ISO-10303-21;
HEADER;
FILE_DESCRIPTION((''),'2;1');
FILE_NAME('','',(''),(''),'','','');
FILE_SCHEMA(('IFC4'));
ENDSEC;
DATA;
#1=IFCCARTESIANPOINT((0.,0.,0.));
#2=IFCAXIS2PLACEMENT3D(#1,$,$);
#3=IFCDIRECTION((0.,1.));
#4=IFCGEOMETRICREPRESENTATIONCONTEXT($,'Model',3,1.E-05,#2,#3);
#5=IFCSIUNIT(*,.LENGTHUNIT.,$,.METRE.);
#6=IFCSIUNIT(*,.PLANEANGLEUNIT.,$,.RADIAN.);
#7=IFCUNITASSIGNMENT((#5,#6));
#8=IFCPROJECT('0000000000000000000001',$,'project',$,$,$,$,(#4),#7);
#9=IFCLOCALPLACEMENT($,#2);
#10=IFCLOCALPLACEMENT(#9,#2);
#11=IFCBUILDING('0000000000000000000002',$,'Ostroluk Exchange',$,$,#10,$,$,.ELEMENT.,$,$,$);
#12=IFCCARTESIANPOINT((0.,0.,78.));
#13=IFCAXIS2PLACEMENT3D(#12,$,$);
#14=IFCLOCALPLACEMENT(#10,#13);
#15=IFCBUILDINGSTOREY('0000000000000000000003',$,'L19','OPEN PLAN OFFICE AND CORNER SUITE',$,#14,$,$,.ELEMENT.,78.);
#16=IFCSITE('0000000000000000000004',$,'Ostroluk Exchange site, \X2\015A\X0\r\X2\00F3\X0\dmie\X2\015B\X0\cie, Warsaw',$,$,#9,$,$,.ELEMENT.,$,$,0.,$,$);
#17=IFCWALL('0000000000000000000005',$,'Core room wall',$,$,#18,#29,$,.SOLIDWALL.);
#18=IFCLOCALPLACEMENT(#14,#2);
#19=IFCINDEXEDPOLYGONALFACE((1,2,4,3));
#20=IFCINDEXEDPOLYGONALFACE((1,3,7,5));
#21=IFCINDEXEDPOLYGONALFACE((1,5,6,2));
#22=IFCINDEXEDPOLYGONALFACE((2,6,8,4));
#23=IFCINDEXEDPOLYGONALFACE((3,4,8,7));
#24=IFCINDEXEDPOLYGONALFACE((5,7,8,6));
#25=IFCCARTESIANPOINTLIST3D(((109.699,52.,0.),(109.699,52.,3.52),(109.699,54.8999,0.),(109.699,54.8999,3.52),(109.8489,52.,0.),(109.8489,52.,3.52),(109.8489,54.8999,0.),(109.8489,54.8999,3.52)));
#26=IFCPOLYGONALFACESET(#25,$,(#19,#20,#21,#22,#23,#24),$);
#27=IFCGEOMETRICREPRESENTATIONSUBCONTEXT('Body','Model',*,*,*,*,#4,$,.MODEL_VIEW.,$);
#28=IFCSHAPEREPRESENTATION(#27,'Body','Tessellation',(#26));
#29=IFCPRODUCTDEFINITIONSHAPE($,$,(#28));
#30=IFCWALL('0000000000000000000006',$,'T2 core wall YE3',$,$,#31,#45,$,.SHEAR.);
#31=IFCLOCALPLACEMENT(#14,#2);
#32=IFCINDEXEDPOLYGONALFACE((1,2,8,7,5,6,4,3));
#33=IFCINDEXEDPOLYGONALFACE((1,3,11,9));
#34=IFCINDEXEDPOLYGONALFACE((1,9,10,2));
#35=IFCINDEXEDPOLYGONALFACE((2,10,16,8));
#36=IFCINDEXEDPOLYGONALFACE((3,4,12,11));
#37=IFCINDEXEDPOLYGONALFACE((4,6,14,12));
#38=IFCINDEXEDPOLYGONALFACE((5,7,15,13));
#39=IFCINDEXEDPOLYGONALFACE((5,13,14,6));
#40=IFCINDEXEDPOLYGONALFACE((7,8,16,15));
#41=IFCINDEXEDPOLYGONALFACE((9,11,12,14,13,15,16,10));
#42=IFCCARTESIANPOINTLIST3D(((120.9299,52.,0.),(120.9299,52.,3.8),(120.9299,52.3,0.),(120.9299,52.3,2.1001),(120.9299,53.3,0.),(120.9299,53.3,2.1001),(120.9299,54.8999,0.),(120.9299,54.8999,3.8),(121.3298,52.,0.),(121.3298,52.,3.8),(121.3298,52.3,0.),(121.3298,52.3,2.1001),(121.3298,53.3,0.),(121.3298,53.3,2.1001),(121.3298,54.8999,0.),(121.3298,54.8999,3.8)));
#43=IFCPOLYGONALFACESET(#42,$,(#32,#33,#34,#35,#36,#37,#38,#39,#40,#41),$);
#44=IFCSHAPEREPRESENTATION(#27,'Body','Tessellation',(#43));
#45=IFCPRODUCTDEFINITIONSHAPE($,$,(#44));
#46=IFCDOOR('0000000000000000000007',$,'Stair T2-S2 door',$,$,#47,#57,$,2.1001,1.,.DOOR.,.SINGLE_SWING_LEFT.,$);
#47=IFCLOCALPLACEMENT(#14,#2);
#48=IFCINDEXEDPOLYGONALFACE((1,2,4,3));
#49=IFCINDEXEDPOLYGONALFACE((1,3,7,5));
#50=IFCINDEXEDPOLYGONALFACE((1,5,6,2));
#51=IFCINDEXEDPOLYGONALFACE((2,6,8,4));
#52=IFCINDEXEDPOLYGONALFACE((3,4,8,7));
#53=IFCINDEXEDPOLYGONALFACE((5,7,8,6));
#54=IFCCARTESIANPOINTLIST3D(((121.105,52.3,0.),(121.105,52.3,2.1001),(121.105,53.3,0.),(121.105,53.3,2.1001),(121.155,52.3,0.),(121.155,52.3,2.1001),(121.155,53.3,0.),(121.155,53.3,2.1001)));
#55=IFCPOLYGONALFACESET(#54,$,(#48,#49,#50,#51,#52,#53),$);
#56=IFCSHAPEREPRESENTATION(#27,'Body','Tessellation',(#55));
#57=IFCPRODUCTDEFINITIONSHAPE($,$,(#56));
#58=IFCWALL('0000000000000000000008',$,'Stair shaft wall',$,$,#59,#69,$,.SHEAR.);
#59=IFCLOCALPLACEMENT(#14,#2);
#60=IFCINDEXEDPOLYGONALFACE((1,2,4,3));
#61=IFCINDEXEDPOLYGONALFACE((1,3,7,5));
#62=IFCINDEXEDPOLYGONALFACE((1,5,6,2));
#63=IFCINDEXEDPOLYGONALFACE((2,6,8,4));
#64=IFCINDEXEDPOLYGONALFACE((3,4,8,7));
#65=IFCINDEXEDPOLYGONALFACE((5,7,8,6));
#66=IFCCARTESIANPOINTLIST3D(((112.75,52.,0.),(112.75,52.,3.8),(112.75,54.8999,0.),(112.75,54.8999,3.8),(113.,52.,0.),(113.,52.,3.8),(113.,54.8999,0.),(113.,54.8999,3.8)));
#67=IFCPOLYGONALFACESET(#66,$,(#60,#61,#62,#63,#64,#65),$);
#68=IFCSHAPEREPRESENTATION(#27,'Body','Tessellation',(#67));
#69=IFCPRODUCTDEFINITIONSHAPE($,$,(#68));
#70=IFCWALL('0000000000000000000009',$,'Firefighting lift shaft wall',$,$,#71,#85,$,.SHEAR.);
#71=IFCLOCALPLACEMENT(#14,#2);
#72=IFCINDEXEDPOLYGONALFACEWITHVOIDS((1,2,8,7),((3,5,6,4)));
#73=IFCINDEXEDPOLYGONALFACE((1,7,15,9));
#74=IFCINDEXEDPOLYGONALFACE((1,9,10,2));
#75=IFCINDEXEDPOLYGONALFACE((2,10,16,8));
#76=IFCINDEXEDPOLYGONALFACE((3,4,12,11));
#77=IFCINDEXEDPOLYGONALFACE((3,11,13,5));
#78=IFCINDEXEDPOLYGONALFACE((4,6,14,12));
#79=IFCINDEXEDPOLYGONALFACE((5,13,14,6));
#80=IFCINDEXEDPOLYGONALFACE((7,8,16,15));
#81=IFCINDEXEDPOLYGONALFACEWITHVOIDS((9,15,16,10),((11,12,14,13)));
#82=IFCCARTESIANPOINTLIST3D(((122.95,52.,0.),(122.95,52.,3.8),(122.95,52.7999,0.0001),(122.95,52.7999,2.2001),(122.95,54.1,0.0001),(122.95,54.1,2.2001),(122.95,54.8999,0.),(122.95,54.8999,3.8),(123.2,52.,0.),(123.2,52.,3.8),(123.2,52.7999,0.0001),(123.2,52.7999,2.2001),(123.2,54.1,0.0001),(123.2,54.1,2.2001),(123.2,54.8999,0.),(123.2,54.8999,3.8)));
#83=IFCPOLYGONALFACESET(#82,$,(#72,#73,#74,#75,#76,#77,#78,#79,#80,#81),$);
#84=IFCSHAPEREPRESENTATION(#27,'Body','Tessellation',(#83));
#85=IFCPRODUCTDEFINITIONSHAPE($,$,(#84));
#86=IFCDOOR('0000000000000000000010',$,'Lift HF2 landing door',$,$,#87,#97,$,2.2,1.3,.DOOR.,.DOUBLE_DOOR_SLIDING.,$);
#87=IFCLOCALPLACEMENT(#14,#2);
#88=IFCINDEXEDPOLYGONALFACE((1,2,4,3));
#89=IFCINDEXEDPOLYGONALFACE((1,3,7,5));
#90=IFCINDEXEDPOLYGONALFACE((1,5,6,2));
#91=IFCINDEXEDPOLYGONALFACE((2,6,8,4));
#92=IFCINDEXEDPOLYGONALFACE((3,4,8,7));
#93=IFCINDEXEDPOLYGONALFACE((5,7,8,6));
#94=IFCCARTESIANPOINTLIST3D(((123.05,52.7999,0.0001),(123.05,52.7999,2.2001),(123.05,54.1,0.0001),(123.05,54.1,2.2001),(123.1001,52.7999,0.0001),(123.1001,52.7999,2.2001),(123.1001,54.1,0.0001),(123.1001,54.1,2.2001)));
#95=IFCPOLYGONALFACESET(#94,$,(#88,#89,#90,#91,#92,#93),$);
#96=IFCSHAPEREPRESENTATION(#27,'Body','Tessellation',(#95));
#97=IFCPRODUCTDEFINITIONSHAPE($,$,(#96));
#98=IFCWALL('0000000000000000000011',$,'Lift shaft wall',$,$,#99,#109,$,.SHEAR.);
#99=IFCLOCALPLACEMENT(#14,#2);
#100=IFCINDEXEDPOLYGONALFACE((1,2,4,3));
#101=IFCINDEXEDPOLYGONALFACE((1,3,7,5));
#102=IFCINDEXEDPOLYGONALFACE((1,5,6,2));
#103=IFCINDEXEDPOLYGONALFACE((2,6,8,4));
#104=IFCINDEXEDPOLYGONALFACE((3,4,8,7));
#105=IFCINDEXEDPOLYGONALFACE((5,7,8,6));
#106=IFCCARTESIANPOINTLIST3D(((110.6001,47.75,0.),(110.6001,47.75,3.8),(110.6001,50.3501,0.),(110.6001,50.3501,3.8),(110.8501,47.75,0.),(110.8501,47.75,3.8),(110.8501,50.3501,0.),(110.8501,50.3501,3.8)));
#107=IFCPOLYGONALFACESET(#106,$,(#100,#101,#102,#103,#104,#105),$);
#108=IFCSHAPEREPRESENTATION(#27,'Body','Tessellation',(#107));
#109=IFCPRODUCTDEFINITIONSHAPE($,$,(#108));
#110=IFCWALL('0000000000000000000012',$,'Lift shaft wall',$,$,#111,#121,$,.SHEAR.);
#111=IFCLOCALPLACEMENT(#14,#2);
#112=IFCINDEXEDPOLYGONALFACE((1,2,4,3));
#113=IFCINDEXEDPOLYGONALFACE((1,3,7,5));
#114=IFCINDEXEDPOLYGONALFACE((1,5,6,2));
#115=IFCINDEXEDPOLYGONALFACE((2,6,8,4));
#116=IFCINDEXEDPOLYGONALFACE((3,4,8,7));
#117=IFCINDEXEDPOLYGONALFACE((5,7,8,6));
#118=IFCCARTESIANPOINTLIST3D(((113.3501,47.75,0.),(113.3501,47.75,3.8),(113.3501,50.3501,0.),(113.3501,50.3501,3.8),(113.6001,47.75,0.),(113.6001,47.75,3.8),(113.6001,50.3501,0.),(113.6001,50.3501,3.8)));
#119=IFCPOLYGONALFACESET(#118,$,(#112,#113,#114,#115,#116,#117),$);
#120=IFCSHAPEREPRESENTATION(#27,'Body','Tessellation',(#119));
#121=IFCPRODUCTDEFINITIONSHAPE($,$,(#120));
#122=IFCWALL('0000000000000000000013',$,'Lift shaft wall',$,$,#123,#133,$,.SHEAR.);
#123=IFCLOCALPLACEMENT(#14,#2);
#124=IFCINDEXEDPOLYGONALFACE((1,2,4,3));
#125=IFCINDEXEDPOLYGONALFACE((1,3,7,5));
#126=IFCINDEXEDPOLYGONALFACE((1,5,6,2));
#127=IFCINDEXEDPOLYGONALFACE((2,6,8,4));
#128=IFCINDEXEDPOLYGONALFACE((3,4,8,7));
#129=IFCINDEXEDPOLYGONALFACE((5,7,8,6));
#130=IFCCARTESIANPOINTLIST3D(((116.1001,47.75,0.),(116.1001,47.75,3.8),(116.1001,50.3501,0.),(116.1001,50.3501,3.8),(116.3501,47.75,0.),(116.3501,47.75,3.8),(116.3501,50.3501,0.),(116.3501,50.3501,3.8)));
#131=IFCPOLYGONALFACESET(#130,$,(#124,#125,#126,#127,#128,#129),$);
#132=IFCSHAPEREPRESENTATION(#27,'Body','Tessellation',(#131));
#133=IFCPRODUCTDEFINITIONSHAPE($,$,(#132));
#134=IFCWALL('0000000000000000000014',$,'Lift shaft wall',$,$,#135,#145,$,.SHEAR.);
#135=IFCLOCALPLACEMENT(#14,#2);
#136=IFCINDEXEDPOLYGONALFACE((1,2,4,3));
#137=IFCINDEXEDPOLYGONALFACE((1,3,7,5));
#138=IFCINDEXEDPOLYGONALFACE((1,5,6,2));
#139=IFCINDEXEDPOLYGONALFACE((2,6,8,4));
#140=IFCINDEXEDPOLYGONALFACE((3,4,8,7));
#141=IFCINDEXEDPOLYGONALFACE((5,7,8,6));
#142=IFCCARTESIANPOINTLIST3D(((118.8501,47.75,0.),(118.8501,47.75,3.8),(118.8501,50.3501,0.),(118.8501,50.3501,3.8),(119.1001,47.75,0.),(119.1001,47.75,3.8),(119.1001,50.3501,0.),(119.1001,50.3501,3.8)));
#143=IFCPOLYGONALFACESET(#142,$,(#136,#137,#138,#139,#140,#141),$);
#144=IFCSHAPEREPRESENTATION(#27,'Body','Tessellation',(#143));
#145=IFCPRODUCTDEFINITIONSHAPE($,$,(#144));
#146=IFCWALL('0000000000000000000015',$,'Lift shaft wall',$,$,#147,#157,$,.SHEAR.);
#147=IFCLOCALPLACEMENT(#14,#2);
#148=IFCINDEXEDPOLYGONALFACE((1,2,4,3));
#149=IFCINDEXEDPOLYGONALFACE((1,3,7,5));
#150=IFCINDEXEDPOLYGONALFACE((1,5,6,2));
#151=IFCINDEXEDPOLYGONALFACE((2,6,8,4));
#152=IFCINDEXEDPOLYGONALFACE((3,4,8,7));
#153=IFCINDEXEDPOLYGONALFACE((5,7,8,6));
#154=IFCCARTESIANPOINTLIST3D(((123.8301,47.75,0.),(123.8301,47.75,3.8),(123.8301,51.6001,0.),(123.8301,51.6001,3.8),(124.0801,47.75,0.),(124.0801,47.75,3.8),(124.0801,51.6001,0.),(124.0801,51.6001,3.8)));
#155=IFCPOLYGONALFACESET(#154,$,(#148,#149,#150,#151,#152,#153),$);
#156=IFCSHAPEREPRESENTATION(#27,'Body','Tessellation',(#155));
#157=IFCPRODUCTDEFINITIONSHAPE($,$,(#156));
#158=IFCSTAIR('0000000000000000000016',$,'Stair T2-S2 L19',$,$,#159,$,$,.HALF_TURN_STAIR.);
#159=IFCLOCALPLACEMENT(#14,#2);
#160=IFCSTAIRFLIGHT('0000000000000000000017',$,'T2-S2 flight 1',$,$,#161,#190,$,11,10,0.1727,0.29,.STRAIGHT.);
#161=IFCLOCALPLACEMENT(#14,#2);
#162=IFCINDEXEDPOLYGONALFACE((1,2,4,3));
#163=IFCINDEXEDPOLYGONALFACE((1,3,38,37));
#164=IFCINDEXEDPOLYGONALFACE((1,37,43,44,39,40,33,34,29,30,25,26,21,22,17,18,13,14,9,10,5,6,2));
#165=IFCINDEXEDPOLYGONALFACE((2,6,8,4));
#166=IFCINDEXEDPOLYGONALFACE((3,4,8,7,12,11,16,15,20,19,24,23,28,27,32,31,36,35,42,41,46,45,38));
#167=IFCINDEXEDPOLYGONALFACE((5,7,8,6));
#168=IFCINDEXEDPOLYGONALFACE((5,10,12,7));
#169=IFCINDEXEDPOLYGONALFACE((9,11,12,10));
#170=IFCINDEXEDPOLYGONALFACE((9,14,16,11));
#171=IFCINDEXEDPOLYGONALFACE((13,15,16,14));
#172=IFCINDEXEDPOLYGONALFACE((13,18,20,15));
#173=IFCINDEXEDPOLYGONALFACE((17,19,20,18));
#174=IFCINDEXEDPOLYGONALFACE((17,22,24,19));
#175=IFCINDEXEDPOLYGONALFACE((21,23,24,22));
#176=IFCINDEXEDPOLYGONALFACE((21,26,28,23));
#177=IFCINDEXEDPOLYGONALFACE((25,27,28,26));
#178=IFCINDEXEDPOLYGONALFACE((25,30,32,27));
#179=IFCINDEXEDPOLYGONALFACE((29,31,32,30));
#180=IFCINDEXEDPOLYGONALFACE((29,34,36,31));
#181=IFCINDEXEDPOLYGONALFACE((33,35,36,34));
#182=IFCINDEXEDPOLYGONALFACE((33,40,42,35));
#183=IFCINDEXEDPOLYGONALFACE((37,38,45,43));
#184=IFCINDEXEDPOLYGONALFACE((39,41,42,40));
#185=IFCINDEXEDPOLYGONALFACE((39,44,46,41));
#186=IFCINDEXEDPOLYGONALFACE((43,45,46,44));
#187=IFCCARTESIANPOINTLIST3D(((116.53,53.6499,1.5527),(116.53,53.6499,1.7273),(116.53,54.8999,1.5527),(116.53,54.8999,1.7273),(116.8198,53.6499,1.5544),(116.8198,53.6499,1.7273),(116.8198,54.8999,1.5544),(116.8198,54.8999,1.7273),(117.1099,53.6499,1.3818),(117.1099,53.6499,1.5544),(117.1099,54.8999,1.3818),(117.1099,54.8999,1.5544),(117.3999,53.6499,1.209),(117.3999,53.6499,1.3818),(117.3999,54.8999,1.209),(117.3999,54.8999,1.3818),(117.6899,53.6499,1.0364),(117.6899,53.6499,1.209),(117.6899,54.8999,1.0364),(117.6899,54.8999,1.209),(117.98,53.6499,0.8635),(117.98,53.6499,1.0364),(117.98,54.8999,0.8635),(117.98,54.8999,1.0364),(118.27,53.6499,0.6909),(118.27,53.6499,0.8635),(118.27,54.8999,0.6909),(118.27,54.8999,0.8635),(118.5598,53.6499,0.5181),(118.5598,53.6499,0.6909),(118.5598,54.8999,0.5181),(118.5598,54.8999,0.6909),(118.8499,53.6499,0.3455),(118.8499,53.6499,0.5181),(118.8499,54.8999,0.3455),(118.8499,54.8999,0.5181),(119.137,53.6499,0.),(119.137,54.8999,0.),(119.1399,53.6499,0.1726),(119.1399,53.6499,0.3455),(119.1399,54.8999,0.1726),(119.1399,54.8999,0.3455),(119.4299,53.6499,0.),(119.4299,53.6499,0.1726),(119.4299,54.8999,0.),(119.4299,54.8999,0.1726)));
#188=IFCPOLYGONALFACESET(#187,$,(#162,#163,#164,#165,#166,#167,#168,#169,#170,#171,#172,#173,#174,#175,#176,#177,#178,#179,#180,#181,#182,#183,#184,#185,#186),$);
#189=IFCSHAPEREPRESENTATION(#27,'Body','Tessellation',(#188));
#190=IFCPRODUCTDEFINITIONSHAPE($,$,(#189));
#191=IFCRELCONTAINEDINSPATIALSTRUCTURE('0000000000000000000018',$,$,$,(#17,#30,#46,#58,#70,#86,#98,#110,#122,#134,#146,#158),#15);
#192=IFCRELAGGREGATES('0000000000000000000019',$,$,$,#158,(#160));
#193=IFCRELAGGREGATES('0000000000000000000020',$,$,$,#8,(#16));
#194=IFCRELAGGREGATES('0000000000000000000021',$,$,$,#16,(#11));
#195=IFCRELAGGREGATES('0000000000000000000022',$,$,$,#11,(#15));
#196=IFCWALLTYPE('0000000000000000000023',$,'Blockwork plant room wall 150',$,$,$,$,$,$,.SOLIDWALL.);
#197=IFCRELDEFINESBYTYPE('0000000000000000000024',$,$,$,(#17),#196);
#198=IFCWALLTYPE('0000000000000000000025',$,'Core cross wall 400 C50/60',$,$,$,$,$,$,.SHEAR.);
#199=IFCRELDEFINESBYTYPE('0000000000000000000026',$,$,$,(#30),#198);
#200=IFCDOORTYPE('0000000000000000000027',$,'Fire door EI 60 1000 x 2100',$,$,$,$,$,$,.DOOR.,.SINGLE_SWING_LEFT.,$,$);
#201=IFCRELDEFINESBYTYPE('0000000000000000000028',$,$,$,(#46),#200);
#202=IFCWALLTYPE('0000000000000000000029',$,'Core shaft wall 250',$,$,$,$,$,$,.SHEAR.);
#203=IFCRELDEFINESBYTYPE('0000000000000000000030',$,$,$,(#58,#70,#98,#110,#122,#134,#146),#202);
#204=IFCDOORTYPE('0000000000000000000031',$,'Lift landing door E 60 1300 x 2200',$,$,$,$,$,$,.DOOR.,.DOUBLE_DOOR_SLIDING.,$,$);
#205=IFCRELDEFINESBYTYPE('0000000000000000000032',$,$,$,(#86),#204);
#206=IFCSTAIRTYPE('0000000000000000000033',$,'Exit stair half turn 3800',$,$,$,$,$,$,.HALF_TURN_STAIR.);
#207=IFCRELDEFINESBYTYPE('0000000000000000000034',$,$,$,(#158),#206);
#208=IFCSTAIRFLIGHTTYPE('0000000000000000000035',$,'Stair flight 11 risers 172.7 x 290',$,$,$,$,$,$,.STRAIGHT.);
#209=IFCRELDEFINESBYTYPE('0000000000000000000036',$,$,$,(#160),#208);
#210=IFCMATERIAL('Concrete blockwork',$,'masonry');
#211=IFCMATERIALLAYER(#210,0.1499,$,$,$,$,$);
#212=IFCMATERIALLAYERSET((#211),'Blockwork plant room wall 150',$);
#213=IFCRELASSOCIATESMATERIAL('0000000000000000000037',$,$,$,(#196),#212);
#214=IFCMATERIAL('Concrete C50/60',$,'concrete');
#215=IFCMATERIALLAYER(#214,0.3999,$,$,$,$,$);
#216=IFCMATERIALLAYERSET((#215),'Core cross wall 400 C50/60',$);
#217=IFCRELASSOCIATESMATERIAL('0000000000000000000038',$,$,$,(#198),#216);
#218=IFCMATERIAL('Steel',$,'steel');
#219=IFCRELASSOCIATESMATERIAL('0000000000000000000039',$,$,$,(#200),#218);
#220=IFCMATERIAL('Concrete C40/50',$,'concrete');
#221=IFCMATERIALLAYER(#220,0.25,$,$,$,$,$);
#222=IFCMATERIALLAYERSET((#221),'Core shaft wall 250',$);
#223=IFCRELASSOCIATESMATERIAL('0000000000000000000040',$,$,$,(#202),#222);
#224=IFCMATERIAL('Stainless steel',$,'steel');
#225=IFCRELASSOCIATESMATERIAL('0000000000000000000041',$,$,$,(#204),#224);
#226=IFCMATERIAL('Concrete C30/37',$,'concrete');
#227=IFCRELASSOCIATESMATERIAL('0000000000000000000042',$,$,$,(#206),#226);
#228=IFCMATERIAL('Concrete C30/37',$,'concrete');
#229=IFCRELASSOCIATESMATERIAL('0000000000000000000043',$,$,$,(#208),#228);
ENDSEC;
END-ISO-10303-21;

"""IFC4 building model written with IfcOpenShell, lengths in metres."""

from ifc_helpers import new_model, si_unit, direction, frame, frame_2d, origin, place, context, subcontext, project, spatial, polyline, rectangle, outline, extrude, material, layer, layer_set, type_object, element, fill, aggregate, save


model = new_model("IFC4")

# Units and contexts
model_context = context("Model", 3, precision=1e-05, world=origin(), true_north=direction((0.0, 1.0)))
body_context = subcontext(model_context, "Body", "Model", "MODEL_VIEW")
ifc_project = project(units=[si_unit("LENGTHUNIT", "METRE"), si_unit("PLANEANGLEUNIT", "RADIAN")], contexts=[model_context])

# Site, building, storey
site_placement = place(None, origin())
site = spatial("IfcSite", under=ifc_project, at=site_placement, Name="Ostroluk Exchange site, Śródmieście, Warsaw", CompositionType="ELEMENT", RefElevation=0.0)
building_placement = place(site_placement, origin())
building = spatial("IfcBuilding", under=site, at=building_placement, Name="Ostroluk Exchange", CompositionType="ELEMENT")
storey_placement = place(building_placement, frame((0.0, 0.0, 78.0)))
storey = spatial("IfcBuildingStorey", under=building, at=storey_placement, Name="L19", Description="OPEN PLAN OFFICE AND CORNER SUITE", CompositionType="ELEMENT", Elevation=78.0)

# Wall
ifc_material_1 = material(Name="Concrete blockwork", Category="masonry")
ifc_layer_1 = layer(ifc_material_1, 0.1499)
ifc_layer_set_1 = layer_set([ifc_layer_1], Name="Blockwork plant room wall 150")
wall_type_1 = type_object("IfcWallType", Name="Blockwork plant room wall 150", PredefinedType="SOLIDWALL", material=ifc_layer_set_1)
wall_1_placement = place(storey_placement, frame((109.7739, 52.0, 0.0), z_axis=(0.0, 0.0, 1.0), x_axis=(0.0, 1.0, 0.0)))
element("IfcWall", 1, at=wall_1_placement, inside=storey, type_object=wall_type_1, Name="Core room wall", PredefinedType="SOLIDWALL", context=body_context, shape_type="SweptSolid", body=[
    extrude(rectangle(XDim=2.8999, YDim=0.1499, at=frame_2d((1.45, 0.0))), origin(), (0.0, 0.0, 1.0), 3.52),
])

# Wall, opening, door
ifc_material_2 = material(Name="Concrete C50/60", Category="concrete")
ifc_layer_2 = layer(ifc_material_2, 0.3999)
ifc_layer_set_2 = layer_set([ifc_layer_2], Name="Core cross wall 400 C50/60")
wall_type_2 = type_object("IfcWallType", Name="Core cross wall 400 C50/60", PredefinedType="SHEAR", material=ifc_layer_set_2)
wall_2_placement = place(storey_placement, frame((121.1299, 52.0, 0.0), z_axis=(0.0, 0.0, 1.0), x_axis=(0.0, 1.0, 0.0)))
wall_2 = element("IfcWall", 2, at=wall_2_placement, inside=storey, type_object=wall_type_2, Name="T2 core wall YE3", PredefinedType="SHEAR", context=body_context, shape_type="SweptSolid", body=[
    extrude(rectangle(XDim=2.8999, YDim=0.3999, at=frame_2d((1.45, 0.0))), origin(), (0.0, 0.0, 1.0), 3.8),
])
opening_1_placement = place(wall_2_placement, frame((0.3, 0.0, 0.0)))
opening_1 = element("IfcOpeningElement", 3, at=opening_1_placement, cuts=wall_2, PredefinedType="OPENING", context=body_context, shape_type="SweptSolid", body=[
    extrude(rectangle(XDim=1.0, YDim=2.1001, at=frame_2d((0.5, 1.05))), frame((0.0, 0.21, 0.0), z_axis=(0.0, -1.0, 0.0), x_axis=(1.0, 0.0, 0.0)), (0.0, 0.0, 1.0), 0.4199),
])
ifc_material_3 = material(Name="Steel", Category="steel")
door_type_1 = type_object("IfcDoorType", Name="Fire door EI 60 1000 x 2100", OperationType="SINGLE_SWING_LEFT", PredefinedType="DOOR", material=ifc_material_3)
door_1_placement = place(opening_1_placement, origin())
door_1 = element("IfcDoor", 4, at=door_1_placement, inside=storey, type_object=door_type_1, Name="Stair T2-S2 door", OperationType="SINGLE_SWING_LEFT", OverallHeight=2.1001, OverallWidth=1.0, PredefinedType="DOOR", context=body_context, shape_type="SweptSolid", body=[
    extrude(rectangle(XDim=1.0, YDim=2.1001, at=frame_2d((0.5, 1.05))), frame((0.0, 0.0249, 0.0), z_axis=(0.0, -1.0, 0.0), x_axis=(1.0, 0.0, 0.0)), (0.0, 0.0, 1.0), 0.05),
])
fill(opening_1, door_1)

# Wall
ifc_material_4 = material(Name="Concrete C40/50", Category="concrete")
ifc_layer_3 = layer(ifc_material_4, 0.25)
ifc_layer_set_3 = layer_set([ifc_layer_3], Name="Core shaft wall 250")
wall_type_3 = type_object("IfcWallType", Name="Core shaft wall 250", PredefinedType="SHEAR", material=ifc_layer_set_3)
wall_3_placement = place(storey_placement, frame((112.875, 52.0, 0.0), z_axis=(0.0, 0.0, 1.0), x_axis=(0.0, 1.0, 0.0)))
element("IfcWall", 5, at=wall_3_placement, inside=storey, type_object=wall_type_3, Name="Stair shaft wall", PredefinedType="SHEAR", context=body_context, shape_type="SweptSolid", body=[
    extrude(rectangle(XDim=2.8999, YDim=0.25, at=frame_2d((1.45, 0.0))), origin(), (0.0, 0.0, 1.0), 3.8),
])

# Wall, opening, door
wall_4_placement = place(storey_placement, frame((123.075, 52.0, 0.0), z_axis=(0.0, 0.0, 1.0), x_axis=(0.0, 1.0, 0.0)))
wall_4 = element("IfcWall", 6, at=wall_4_placement, inside=storey, type_object=wall_type_3, Name="Firefighting lift shaft wall", PredefinedType="SHEAR", context=body_context, shape_type="SweptSolid", body=[
    extrude(rectangle(XDim=2.8999, YDim=0.25, at=frame_2d((1.45, 0.0))), origin(), (0.0, 0.0, 1.0), 3.8),
])
opening_2_placement = place(wall_4_placement, frame((0.8, 0.0, 0.0)))
opening_2 = element("IfcOpeningElement", 7, at=opening_2_placement, cuts=wall_4, PredefinedType="OPENING", context=body_context, shape_type="SweptSolid", body=[
    extrude(rectangle(XDim=1.3, YDim=2.2, at=frame_2d((0.6499, 1.1001))), frame((0.0, 0.135, 0.0), z_axis=(0.0, -1.0, 0.0), x_axis=(1.0, 0.0, 0.0)), (0.0, 0.0, 1.0), 0.27),
])
ifc_material_5 = material(Name="Stainless steel", Category="steel")
door_type_2 = type_object("IfcDoorType", Name="Lift landing door E 60 1300 x 2200", OperationType="DOUBLE_DOOR_SLIDING", PredefinedType="DOOR", material=ifc_material_5)
door_2_placement = place(opening_2_placement, origin())
door_2 = element("IfcDoor", 8, at=door_2_placement, inside=storey, type_object=door_type_2, Name="Lift HF2 landing door", OperationType="DOUBLE_DOOR_SLIDING", OverallHeight=2.2, OverallWidth=1.3, PredefinedType="DOOR", context=body_context, shape_type="SweptSolid", body=[
    extrude(rectangle(XDim=1.3, YDim=2.2, at=frame_2d((0.6499, 1.1001))), frame((0.0, 0.0249, 0.0), z_axis=(0.0, -1.0, 0.0), x_axis=(1.0, 0.0, 0.0)), (0.0, 0.0, 1.0), 0.05),
])
fill(opening_2, door_2)

# Walls
for number, where, z_axis, x_axis, name in (
    (9, (110.7251, 47.75, 0.0), (0.0, 0.0, 1.0), (0.0, 1.0, 0.0), "Lift shaft wall"),
    (10, (113.4751, 47.75, 0.0), (0.0, 0.0, 1.0), (0.0, 1.0, 0.0), "Lift shaft wall"),
    (11, (116.2251, 47.75, 0.0), (0.0, 0.0, 1.0), (0.0, 1.0, 0.0), "Lift shaft wall"),
    (12, (118.9751, 47.75, 0.0), (0.0, 0.0, 1.0), (0.0, 1.0, 0.0), "Lift shaft wall"),
):
    element("IfcWall", number, at=place(storey_placement, frame(where, z_axis=z_axis, x_axis=x_axis)), inside=storey, type_object=wall_type_3, Name=name, PredefinedType="SHEAR", context=body_context, shape_type="SweptSolid", body=[
        extrude(rectangle(XDim=2.6001, YDim=0.25, at=frame_2d((1.3, 0.0))), origin(), (0.0, 0.0, 1.0), 3.8),
    ])
wall_5_placement = place(storey_placement, frame((123.9551, 47.75, 0.0), z_axis=(0.0, 0.0, 1.0), x_axis=(0.0, 1.0, 0.0)))
element("IfcWall", 13, at=wall_5_placement, inside=storey, type_object=wall_type_3, Name="Lift shaft wall", PredefinedType="SHEAR", context=body_context, shape_type="SweptSolid", body=[
    extrude(rectangle(XDim=3.8501, YDim=0.25, at=frame_2d((1.925, 0.0))), origin(), (0.0, 0.0, 1.0), 3.8),
])

# Stair, stair flight
ifc_material_6 = material(Name="Concrete C30/37", Category="concrete")
stair_type = type_object("IfcStairType", Name="Exit stair half turn 3800", PredefinedType="HALF_TURN_STAIR", material=ifc_material_6)
stair_placement = place(storey_placement, origin())
stair = element("IfcStair", 14, at=stair_placement, inside=storey, type_object=stair_type, Name="Stair T2-S2 L19", PredefinedType="HALF_TURN_STAIR")
ifc_material_7 = material(Name="Concrete C30/37", Category="concrete")
stair_flight_type = type_object("IfcStairFlightType", Name="Stair flight 11 risers 172.7 x 290", PredefinedType="STRAIGHT", material=ifc_material_7)
stair_flight_1_placement = place(storey_placement, frame((119.4299, 54.2749, 0.0), z_axis=(0.0, 0.0, 1.0), x_axis=(-1.0, 0.0, 0.0)))
stair_flight_1 = element("IfcStairFlight", 15, at=stair_flight_1_placement, type_object=stair_flight_type, Name="T2-S2 flight 1", NumberOfRisers=11, NumberOfTreads=10, PredefinedType="STRAIGHT", RiserHeight=0.1727, TreadLength=0.29, context=body_context, shape_type="SweptSolid", body=[
    extrude(outline(polyline([(0.0, 0.0), (0.0, 0.1726), (0.29, 0.1726), (0.29, 0.3455), (0.5801, 0.3455), (0.5801, 0.5181), (0.8701, 0.5181), (0.8701, 0.6909), (1.1599, 0.6909), (1.1599, 0.8635), (1.45, 0.8635), (1.45, 1.0364), (1.74, 1.0364), (1.74, 1.209), (2.03, 1.209), (2.03, 1.3818), (2.3201, 1.3818), (2.3201, 1.5544), (2.6101, 1.5544), (2.6101, 1.7273), (2.8999, 1.7273), (2.8999, 1.8999), (2.8999, 1.5527), (0.293, 0.0), (0.0, 0.0)])), frame((0.0, 0.625, 0.0), z_axis=(0.0, -1.0, 0.0), x_axis=(1.0, 0.0, 0.0)), (0.0, 0.0, 1.0), 1.25),
])
aggregate(stair, [stair_flight_1])

save(model, "model.ifc")
